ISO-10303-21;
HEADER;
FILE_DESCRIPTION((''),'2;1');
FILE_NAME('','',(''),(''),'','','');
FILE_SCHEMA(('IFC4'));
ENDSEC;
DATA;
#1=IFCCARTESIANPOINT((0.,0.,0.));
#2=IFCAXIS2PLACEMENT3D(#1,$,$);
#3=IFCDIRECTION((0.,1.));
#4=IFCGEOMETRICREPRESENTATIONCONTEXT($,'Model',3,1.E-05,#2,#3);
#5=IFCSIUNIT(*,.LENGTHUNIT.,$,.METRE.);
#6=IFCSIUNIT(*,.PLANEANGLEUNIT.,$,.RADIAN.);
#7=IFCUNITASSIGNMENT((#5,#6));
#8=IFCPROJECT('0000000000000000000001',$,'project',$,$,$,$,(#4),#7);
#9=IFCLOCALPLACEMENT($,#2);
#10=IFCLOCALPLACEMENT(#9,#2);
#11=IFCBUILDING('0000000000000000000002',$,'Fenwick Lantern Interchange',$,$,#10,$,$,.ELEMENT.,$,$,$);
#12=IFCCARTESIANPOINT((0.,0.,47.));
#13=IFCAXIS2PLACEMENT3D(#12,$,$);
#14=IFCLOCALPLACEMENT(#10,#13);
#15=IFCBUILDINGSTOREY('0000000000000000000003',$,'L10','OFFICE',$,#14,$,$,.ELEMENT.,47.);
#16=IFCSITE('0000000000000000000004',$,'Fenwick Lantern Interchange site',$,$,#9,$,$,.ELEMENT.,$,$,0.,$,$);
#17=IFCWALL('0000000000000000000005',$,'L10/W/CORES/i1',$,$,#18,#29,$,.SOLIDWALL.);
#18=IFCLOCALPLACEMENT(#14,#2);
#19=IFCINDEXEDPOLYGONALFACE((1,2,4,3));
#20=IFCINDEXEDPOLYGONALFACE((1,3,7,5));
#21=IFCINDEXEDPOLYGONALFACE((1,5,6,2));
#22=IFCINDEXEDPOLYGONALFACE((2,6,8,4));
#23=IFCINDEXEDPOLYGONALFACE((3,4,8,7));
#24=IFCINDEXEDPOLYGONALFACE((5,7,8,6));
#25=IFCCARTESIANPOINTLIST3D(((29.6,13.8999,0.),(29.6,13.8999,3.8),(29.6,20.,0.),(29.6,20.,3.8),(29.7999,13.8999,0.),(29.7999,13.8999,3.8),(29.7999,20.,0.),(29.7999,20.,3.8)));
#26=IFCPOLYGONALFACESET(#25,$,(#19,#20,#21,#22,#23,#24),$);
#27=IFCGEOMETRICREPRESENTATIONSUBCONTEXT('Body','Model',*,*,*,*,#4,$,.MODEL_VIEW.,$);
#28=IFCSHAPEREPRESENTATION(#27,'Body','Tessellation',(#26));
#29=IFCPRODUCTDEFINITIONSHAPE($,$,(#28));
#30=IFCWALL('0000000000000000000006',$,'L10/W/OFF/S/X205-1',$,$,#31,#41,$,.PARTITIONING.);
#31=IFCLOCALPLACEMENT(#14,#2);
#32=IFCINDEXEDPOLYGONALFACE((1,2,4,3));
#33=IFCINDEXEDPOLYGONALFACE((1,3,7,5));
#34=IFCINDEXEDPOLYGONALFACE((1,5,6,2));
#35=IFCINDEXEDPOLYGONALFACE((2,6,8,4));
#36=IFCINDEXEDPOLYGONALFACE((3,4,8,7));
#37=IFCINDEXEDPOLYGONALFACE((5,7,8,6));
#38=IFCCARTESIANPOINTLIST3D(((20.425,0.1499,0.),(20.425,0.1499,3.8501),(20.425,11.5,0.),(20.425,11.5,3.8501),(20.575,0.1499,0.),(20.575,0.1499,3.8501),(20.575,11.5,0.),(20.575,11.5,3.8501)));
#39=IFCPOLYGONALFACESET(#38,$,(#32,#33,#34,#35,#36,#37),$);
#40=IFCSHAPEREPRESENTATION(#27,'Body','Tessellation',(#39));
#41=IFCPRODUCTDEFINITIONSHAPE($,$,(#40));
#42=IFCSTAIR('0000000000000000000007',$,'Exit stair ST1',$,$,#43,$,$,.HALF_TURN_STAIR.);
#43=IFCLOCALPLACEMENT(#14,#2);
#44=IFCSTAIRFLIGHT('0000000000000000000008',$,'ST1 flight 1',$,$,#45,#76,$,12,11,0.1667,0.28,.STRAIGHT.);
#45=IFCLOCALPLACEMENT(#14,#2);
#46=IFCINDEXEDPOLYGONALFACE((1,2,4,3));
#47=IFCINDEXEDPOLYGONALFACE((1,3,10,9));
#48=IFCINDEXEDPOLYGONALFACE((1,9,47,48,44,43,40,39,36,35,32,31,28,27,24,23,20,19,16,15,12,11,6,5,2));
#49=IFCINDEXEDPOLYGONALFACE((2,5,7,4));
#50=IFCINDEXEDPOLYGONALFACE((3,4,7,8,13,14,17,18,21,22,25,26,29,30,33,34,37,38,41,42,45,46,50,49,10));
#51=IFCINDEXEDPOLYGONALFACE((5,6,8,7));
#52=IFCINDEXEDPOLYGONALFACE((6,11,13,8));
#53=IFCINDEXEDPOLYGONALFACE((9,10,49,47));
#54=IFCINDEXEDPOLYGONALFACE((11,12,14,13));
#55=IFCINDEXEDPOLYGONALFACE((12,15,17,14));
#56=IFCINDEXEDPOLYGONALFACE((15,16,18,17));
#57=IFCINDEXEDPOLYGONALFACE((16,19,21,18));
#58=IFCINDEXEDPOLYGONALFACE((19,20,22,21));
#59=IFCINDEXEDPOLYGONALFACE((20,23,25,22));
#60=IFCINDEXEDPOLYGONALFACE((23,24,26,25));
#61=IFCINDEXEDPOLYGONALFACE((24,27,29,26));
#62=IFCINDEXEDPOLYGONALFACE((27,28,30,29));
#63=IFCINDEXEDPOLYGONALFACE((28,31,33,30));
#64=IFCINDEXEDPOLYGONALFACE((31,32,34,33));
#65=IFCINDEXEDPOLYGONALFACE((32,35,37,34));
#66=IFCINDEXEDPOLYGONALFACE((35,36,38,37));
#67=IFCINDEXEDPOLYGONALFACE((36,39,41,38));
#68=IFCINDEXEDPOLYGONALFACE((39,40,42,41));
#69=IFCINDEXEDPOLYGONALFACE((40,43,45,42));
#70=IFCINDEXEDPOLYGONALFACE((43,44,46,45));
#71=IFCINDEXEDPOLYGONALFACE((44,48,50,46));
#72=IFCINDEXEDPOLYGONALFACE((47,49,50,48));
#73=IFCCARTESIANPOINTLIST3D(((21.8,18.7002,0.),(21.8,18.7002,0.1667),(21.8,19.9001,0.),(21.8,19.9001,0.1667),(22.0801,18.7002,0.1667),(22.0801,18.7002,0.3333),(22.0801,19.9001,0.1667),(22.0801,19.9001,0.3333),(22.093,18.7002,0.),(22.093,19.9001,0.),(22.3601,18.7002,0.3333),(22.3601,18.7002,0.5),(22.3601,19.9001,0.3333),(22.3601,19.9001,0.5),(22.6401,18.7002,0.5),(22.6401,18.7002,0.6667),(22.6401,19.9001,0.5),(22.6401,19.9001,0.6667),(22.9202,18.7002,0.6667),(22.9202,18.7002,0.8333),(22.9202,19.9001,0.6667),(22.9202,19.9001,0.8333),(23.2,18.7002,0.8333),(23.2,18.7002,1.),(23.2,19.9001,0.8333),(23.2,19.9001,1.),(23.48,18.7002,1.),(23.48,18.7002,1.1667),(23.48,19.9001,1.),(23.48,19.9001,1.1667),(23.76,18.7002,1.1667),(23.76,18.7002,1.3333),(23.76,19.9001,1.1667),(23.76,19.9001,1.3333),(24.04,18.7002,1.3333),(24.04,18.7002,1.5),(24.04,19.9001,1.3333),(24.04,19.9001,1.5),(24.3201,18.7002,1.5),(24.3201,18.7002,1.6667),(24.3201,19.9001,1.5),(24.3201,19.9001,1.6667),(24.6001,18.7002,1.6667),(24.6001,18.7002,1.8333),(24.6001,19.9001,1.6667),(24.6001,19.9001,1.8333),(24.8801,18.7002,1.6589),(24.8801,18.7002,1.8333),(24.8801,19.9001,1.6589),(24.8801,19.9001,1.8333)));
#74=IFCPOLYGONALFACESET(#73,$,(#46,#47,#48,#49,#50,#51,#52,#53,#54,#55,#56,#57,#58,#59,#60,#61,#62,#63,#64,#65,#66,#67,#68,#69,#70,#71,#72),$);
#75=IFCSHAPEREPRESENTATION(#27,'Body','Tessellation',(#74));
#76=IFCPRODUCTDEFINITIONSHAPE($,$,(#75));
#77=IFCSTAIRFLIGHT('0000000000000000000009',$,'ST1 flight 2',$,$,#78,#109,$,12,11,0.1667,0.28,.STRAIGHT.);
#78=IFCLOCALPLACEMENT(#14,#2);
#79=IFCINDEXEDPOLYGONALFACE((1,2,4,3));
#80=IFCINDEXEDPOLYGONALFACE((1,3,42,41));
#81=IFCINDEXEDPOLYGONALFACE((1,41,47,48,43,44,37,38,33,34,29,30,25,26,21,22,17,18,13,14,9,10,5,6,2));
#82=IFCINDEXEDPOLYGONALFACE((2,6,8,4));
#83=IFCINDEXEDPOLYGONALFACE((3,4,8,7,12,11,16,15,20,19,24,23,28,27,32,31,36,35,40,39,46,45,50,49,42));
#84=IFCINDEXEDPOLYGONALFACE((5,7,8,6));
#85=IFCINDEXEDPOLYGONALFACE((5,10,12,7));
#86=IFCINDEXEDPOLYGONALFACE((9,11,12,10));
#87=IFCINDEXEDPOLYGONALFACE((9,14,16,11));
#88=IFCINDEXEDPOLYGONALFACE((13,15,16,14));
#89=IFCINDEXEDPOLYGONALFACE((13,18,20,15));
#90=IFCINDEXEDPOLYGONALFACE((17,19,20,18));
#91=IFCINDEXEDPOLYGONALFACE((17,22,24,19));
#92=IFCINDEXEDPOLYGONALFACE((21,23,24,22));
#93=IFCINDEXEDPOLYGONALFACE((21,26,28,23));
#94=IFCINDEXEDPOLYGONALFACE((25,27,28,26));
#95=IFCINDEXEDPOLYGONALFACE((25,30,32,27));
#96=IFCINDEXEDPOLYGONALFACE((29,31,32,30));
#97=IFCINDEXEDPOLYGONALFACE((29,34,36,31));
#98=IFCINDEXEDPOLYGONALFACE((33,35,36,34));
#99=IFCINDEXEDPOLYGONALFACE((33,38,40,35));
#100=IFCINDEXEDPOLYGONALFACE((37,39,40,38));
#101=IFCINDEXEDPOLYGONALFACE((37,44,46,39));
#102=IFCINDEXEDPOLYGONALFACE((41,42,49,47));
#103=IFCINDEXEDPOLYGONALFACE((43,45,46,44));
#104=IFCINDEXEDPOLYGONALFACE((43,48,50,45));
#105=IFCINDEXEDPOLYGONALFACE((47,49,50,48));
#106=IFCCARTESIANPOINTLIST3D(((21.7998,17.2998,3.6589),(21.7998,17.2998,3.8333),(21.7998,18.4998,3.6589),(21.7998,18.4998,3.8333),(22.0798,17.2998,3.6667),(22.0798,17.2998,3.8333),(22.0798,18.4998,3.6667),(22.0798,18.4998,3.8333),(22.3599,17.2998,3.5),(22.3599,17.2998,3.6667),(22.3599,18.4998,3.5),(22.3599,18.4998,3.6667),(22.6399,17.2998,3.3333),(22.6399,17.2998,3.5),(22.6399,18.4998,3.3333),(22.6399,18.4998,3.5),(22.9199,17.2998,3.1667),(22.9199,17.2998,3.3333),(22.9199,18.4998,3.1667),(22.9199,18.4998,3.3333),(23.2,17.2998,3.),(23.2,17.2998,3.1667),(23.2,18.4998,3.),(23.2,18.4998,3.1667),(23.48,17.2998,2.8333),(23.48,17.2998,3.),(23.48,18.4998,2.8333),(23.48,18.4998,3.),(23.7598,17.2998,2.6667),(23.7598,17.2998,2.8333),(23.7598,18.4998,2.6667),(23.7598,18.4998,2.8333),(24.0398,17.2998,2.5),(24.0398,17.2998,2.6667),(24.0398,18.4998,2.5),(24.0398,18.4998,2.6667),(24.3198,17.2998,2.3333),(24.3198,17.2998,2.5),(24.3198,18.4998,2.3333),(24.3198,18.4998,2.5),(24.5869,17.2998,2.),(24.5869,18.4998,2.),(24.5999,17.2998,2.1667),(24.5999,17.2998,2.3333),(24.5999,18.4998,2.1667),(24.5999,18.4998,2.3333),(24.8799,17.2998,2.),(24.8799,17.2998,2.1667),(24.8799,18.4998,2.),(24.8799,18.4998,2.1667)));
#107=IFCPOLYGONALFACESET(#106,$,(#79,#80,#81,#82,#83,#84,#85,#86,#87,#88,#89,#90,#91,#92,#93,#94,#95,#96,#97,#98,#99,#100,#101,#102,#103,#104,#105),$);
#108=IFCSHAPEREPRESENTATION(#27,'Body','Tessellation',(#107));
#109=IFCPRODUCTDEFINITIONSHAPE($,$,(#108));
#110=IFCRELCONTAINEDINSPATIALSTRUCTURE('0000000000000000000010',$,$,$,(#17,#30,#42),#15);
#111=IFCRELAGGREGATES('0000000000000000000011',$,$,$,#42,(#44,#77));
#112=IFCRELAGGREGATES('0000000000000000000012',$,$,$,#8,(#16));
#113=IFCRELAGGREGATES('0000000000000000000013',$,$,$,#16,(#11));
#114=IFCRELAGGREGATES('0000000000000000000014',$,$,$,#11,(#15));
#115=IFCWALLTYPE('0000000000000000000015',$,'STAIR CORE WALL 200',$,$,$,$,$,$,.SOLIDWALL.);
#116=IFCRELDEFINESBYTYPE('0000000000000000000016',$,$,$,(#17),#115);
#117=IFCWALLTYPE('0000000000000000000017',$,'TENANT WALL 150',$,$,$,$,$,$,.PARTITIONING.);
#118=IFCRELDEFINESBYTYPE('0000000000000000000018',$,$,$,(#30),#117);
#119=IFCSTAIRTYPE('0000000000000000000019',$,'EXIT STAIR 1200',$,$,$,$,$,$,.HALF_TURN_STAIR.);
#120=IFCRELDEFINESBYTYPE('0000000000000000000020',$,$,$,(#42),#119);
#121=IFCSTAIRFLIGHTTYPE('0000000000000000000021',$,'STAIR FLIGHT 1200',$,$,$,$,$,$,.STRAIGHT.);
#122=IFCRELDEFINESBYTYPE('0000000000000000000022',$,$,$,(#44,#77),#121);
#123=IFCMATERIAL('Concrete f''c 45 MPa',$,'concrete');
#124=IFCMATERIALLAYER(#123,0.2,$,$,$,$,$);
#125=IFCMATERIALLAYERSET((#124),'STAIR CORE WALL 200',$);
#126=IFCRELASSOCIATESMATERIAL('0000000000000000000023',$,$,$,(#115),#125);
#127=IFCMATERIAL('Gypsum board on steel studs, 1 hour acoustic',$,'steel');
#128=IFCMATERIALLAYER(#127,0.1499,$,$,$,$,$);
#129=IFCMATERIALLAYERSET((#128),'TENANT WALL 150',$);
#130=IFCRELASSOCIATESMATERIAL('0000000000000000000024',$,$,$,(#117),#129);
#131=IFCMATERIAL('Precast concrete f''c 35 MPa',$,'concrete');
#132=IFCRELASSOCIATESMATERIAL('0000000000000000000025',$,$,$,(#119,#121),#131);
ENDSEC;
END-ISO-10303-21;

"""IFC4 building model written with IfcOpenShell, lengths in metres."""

from ifc_helpers import new_model, si_unit, direction, frame, frame_2d, origin, place, context, subcontext, project, spatial, polyline, rectangle, outline, extrude, material, layer, layer_set, type_object, element, aggregate, save


model = new_model("IFC4")

# Units and contexts
model_context = context("Model", 3, precision=1e-05, world=origin(), true_north=direction((0.0, 1.0)))
body_context = subcontext(model_context, "Body", "Model", "MODEL_VIEW")
ifc_project = project(units=[si_unit("LENGTHUNIT", "METRE"), si_unit("PLANEANGLEUNIT", "RADIAN")], contexts=[model_context])

# Site, building, storey
site_placement = place(None, origin())
site = spatial("IfcSite", under=ifc_project, at=site_placement, Name="Fenwick Lantern Interchange site", CompositionType="ELEMENT", RefElevation=0.0)
building_placement = place(site_placement, origin())
building = spatial("IfcBuilding", under=site, at=building_placement, Name="Fenwick Lantern Interchange", CompositionType="ELEMENT")
storey_placement = place(building_placement, frame((0.0, 0.0, 47.0)))
storey = spatial("IfcBuildingStorey", under=building, at=storey_placement, Name="L10", Description="OFFICE", CompositionType="ELEMENT", Elevation=47.0)

# Shared definitions
ifc_material_1 = material(Name="Concrete f'c 45 MPa", Category="concrete")
ifc_layer_1 = layer(ifc_material_1, 0.2)
ifc_layer_set_1 = layer_set([ifc_layer_1], Name="STAIR CORE WALL 200")
wall_type_1 = type_object("IfcWallType", Name="STAIR CORE WALL 200", PredefinedType="SOLIDWALL", material=ifc_layer_set_1)

# Walls
wall_1_placement = place(storey_placement, frame((29.7, 13.8999, 0.0), z_axis=(0.0, 0.0, 1.0), x_axis=(0.0, 1.0, 0.0)))
element("IfcWall", 1, at=wall_1_placement, inside=storey, type_object=wall_type_1, Name="L10/W/CORES/i1", PredefinedType="SOLIDWALL", context=body_context, shape_type="SweptSolid", body=[
    extrude(rectangle(XDim=6.1001, YDim=0.2, at=frame_2d((3.05, 0.0))), origin(), (0.0, 0.0, 1.0), 3.8),
])
ifc_material_2 = material(Name="Gypsum board on steel studs, 1 hour acoustic", Category="steel")
ifc_layer_2 = layer(ifc_material_2, 0.1499)
ifc_layer_set_2 = layer_set([ifc_layer_2], Name="TENANT WALL 150")
wall_type_2 = type_object("IfcWallType", Name="TENANT WALL 150", PredefinedType="PARTITIONING", material=ifc_layer_set_2)
wall_2_placement = place(storey_placement, frame((20.5, 0.1499, 0.0), z_axis=(0.0, 0.0, 1.0), x_axis=(0.0, 1.0, 0.0)))
element("IfcWall", 2, at=wall_2_placement, inside=storey, type_object=wall_type_2, Name="L10/W/OFF/S/X205-1", PredefinedType="PARTITIONING", context=body_context, shape_type="SweptSolid", body=[
    extrude(rectangle(XDim=11.3501, YDim=0.1499, at=frame_2d((5.675, 0.0))), origin(), (0.0, 0.0, 1.0), 3.8501),
])

# Stair, stair flights
ifc_material_3 = material(Name="Precast concrete f'c 35 MPa", Category="concrete")
stair_type = type_object("IfcStairType", Name="EXIT STAIR 1200", PredefinedType="HALF_TURN_STAIR", material=ifc_material_3)
stair_placement = place(storey_placement, origin())
stair = element("IfcStair", 3, at=stair_placement, inside=storey, type_object=stair_type, Name="Exit stair ST1", PredefinedType="HALF_TURN_STAIR")
stair_flight_type = type_object("IfcStairFlightType", Name="STAIR FLIGHT 1200", PredefinedType="STRAIGHT", material=ifc_material_3)
stair_flight_1_placement = place(storey_placement, frame((21.8, 19.3, 0.0), z_axis=(0.0, 0.0, 1.0), x_axis=(1.0, 0.0, 0.0)))
stair_flight_1 = element("IfcStairFlight", 4, at=stair_flight_1_placement, type_object=stair_flight_type, Name="ST1 flight 1", NumberOfRisers=12, NumberOfTreads=11, PredefinedType="STRAIGHT", RiserHeight=0.1667, TreadLength=0.28, context=body_context, shape_type="SweptSolid", body=[
    extrude(outline(polyline([(0.0, 0.0), (0.0, 0.1667), (0.28, 0.1667), (0.28, 0.3333), (0.5601, 0.3333), (0.5601, 0.5), (0.8401, 0.5), (0.8401, 0.6667), (1.1201, 0.6667), (1.1201, 0.8333), (1.3999, 0.8333), (1.3999, 1.0), (1.6799, 1.0), (1.6799, 1.1667), (1.96, 1.1667), (1.96, 1.3333), (2.24, 1.3333), (2.24, 1.5), (2.52, 1.5), (2.52, 1.6667), (2.8, 1.6667), (2.8, 1.8333), (3.0801, 1.8333), (3.0801, 2.0), (3.0801, 1.6589), (0.293, 0.0), (0.0, 0.0)])), frame((0.0, 0.6001, 0.0), z_axis=(0.0, -1.0, 0.0), x_axis=(1.0, 0.0, 0.0)), (0.0, 0.0, 1.0), 1.2),
])
stair_flight_2_placement = place(storey_placement, frame((24.8799, 17.8999, 2.0), z_axis=(0.0, 0.0, 1.0), x_axis=(-1.0, 0.0, 0.0)))
stair_flight_2 = element("IfcStairFlight", 5, at=stair_flight_2_placement, type_object=stair_flight_type, Name="ST1 flight 2", NumberOfRisers=12, NumberOfTreads=11, PredefinedType="STRAIGHT", RiserHeight=0.1667, TreadLength=0.28, context=body_context, shape_type="SweptSolid", body=[
    extrude(outline(polyline([(0.0, 0.0), (0.0, 0.1667), (0.28, 0.1667), (0.28, 0.3333), (0.5601, 0.3333), (0.5601, 0.5), (0.8401, 0.5), (0.8401, 0.6667), (1.1201, 0.6667), (1.1201, 0.8333), (1.3999, 0.8333), (1.3999, 1.0), (1.6799, 1.0), (1.6799, 1.1667), (1.96, 1.1667), (1.96, 1.3333), (2.24, 1.3333), (2.24, 1.5), (2.52, 1.5), (2.52, 1.6667), (2.8, 1.6667), (2.8, 1.8333), (3.0801, 1.8333), (3.0801, 2.0), (3.0801, 1.6589), (0.293, 0.0), (0.0, 0.0)])), frame((0.0, 0.6001, 0.0), z_axis=(0.0, -1.0, 0.0), x_axis=(1.0, 0.0, 0.0)), (0.0, 0.0, 1.0), 1.2),
])
aggregate(stair, [stair_flight_1, stair_flight_2])

save(model, "model.ifc")
